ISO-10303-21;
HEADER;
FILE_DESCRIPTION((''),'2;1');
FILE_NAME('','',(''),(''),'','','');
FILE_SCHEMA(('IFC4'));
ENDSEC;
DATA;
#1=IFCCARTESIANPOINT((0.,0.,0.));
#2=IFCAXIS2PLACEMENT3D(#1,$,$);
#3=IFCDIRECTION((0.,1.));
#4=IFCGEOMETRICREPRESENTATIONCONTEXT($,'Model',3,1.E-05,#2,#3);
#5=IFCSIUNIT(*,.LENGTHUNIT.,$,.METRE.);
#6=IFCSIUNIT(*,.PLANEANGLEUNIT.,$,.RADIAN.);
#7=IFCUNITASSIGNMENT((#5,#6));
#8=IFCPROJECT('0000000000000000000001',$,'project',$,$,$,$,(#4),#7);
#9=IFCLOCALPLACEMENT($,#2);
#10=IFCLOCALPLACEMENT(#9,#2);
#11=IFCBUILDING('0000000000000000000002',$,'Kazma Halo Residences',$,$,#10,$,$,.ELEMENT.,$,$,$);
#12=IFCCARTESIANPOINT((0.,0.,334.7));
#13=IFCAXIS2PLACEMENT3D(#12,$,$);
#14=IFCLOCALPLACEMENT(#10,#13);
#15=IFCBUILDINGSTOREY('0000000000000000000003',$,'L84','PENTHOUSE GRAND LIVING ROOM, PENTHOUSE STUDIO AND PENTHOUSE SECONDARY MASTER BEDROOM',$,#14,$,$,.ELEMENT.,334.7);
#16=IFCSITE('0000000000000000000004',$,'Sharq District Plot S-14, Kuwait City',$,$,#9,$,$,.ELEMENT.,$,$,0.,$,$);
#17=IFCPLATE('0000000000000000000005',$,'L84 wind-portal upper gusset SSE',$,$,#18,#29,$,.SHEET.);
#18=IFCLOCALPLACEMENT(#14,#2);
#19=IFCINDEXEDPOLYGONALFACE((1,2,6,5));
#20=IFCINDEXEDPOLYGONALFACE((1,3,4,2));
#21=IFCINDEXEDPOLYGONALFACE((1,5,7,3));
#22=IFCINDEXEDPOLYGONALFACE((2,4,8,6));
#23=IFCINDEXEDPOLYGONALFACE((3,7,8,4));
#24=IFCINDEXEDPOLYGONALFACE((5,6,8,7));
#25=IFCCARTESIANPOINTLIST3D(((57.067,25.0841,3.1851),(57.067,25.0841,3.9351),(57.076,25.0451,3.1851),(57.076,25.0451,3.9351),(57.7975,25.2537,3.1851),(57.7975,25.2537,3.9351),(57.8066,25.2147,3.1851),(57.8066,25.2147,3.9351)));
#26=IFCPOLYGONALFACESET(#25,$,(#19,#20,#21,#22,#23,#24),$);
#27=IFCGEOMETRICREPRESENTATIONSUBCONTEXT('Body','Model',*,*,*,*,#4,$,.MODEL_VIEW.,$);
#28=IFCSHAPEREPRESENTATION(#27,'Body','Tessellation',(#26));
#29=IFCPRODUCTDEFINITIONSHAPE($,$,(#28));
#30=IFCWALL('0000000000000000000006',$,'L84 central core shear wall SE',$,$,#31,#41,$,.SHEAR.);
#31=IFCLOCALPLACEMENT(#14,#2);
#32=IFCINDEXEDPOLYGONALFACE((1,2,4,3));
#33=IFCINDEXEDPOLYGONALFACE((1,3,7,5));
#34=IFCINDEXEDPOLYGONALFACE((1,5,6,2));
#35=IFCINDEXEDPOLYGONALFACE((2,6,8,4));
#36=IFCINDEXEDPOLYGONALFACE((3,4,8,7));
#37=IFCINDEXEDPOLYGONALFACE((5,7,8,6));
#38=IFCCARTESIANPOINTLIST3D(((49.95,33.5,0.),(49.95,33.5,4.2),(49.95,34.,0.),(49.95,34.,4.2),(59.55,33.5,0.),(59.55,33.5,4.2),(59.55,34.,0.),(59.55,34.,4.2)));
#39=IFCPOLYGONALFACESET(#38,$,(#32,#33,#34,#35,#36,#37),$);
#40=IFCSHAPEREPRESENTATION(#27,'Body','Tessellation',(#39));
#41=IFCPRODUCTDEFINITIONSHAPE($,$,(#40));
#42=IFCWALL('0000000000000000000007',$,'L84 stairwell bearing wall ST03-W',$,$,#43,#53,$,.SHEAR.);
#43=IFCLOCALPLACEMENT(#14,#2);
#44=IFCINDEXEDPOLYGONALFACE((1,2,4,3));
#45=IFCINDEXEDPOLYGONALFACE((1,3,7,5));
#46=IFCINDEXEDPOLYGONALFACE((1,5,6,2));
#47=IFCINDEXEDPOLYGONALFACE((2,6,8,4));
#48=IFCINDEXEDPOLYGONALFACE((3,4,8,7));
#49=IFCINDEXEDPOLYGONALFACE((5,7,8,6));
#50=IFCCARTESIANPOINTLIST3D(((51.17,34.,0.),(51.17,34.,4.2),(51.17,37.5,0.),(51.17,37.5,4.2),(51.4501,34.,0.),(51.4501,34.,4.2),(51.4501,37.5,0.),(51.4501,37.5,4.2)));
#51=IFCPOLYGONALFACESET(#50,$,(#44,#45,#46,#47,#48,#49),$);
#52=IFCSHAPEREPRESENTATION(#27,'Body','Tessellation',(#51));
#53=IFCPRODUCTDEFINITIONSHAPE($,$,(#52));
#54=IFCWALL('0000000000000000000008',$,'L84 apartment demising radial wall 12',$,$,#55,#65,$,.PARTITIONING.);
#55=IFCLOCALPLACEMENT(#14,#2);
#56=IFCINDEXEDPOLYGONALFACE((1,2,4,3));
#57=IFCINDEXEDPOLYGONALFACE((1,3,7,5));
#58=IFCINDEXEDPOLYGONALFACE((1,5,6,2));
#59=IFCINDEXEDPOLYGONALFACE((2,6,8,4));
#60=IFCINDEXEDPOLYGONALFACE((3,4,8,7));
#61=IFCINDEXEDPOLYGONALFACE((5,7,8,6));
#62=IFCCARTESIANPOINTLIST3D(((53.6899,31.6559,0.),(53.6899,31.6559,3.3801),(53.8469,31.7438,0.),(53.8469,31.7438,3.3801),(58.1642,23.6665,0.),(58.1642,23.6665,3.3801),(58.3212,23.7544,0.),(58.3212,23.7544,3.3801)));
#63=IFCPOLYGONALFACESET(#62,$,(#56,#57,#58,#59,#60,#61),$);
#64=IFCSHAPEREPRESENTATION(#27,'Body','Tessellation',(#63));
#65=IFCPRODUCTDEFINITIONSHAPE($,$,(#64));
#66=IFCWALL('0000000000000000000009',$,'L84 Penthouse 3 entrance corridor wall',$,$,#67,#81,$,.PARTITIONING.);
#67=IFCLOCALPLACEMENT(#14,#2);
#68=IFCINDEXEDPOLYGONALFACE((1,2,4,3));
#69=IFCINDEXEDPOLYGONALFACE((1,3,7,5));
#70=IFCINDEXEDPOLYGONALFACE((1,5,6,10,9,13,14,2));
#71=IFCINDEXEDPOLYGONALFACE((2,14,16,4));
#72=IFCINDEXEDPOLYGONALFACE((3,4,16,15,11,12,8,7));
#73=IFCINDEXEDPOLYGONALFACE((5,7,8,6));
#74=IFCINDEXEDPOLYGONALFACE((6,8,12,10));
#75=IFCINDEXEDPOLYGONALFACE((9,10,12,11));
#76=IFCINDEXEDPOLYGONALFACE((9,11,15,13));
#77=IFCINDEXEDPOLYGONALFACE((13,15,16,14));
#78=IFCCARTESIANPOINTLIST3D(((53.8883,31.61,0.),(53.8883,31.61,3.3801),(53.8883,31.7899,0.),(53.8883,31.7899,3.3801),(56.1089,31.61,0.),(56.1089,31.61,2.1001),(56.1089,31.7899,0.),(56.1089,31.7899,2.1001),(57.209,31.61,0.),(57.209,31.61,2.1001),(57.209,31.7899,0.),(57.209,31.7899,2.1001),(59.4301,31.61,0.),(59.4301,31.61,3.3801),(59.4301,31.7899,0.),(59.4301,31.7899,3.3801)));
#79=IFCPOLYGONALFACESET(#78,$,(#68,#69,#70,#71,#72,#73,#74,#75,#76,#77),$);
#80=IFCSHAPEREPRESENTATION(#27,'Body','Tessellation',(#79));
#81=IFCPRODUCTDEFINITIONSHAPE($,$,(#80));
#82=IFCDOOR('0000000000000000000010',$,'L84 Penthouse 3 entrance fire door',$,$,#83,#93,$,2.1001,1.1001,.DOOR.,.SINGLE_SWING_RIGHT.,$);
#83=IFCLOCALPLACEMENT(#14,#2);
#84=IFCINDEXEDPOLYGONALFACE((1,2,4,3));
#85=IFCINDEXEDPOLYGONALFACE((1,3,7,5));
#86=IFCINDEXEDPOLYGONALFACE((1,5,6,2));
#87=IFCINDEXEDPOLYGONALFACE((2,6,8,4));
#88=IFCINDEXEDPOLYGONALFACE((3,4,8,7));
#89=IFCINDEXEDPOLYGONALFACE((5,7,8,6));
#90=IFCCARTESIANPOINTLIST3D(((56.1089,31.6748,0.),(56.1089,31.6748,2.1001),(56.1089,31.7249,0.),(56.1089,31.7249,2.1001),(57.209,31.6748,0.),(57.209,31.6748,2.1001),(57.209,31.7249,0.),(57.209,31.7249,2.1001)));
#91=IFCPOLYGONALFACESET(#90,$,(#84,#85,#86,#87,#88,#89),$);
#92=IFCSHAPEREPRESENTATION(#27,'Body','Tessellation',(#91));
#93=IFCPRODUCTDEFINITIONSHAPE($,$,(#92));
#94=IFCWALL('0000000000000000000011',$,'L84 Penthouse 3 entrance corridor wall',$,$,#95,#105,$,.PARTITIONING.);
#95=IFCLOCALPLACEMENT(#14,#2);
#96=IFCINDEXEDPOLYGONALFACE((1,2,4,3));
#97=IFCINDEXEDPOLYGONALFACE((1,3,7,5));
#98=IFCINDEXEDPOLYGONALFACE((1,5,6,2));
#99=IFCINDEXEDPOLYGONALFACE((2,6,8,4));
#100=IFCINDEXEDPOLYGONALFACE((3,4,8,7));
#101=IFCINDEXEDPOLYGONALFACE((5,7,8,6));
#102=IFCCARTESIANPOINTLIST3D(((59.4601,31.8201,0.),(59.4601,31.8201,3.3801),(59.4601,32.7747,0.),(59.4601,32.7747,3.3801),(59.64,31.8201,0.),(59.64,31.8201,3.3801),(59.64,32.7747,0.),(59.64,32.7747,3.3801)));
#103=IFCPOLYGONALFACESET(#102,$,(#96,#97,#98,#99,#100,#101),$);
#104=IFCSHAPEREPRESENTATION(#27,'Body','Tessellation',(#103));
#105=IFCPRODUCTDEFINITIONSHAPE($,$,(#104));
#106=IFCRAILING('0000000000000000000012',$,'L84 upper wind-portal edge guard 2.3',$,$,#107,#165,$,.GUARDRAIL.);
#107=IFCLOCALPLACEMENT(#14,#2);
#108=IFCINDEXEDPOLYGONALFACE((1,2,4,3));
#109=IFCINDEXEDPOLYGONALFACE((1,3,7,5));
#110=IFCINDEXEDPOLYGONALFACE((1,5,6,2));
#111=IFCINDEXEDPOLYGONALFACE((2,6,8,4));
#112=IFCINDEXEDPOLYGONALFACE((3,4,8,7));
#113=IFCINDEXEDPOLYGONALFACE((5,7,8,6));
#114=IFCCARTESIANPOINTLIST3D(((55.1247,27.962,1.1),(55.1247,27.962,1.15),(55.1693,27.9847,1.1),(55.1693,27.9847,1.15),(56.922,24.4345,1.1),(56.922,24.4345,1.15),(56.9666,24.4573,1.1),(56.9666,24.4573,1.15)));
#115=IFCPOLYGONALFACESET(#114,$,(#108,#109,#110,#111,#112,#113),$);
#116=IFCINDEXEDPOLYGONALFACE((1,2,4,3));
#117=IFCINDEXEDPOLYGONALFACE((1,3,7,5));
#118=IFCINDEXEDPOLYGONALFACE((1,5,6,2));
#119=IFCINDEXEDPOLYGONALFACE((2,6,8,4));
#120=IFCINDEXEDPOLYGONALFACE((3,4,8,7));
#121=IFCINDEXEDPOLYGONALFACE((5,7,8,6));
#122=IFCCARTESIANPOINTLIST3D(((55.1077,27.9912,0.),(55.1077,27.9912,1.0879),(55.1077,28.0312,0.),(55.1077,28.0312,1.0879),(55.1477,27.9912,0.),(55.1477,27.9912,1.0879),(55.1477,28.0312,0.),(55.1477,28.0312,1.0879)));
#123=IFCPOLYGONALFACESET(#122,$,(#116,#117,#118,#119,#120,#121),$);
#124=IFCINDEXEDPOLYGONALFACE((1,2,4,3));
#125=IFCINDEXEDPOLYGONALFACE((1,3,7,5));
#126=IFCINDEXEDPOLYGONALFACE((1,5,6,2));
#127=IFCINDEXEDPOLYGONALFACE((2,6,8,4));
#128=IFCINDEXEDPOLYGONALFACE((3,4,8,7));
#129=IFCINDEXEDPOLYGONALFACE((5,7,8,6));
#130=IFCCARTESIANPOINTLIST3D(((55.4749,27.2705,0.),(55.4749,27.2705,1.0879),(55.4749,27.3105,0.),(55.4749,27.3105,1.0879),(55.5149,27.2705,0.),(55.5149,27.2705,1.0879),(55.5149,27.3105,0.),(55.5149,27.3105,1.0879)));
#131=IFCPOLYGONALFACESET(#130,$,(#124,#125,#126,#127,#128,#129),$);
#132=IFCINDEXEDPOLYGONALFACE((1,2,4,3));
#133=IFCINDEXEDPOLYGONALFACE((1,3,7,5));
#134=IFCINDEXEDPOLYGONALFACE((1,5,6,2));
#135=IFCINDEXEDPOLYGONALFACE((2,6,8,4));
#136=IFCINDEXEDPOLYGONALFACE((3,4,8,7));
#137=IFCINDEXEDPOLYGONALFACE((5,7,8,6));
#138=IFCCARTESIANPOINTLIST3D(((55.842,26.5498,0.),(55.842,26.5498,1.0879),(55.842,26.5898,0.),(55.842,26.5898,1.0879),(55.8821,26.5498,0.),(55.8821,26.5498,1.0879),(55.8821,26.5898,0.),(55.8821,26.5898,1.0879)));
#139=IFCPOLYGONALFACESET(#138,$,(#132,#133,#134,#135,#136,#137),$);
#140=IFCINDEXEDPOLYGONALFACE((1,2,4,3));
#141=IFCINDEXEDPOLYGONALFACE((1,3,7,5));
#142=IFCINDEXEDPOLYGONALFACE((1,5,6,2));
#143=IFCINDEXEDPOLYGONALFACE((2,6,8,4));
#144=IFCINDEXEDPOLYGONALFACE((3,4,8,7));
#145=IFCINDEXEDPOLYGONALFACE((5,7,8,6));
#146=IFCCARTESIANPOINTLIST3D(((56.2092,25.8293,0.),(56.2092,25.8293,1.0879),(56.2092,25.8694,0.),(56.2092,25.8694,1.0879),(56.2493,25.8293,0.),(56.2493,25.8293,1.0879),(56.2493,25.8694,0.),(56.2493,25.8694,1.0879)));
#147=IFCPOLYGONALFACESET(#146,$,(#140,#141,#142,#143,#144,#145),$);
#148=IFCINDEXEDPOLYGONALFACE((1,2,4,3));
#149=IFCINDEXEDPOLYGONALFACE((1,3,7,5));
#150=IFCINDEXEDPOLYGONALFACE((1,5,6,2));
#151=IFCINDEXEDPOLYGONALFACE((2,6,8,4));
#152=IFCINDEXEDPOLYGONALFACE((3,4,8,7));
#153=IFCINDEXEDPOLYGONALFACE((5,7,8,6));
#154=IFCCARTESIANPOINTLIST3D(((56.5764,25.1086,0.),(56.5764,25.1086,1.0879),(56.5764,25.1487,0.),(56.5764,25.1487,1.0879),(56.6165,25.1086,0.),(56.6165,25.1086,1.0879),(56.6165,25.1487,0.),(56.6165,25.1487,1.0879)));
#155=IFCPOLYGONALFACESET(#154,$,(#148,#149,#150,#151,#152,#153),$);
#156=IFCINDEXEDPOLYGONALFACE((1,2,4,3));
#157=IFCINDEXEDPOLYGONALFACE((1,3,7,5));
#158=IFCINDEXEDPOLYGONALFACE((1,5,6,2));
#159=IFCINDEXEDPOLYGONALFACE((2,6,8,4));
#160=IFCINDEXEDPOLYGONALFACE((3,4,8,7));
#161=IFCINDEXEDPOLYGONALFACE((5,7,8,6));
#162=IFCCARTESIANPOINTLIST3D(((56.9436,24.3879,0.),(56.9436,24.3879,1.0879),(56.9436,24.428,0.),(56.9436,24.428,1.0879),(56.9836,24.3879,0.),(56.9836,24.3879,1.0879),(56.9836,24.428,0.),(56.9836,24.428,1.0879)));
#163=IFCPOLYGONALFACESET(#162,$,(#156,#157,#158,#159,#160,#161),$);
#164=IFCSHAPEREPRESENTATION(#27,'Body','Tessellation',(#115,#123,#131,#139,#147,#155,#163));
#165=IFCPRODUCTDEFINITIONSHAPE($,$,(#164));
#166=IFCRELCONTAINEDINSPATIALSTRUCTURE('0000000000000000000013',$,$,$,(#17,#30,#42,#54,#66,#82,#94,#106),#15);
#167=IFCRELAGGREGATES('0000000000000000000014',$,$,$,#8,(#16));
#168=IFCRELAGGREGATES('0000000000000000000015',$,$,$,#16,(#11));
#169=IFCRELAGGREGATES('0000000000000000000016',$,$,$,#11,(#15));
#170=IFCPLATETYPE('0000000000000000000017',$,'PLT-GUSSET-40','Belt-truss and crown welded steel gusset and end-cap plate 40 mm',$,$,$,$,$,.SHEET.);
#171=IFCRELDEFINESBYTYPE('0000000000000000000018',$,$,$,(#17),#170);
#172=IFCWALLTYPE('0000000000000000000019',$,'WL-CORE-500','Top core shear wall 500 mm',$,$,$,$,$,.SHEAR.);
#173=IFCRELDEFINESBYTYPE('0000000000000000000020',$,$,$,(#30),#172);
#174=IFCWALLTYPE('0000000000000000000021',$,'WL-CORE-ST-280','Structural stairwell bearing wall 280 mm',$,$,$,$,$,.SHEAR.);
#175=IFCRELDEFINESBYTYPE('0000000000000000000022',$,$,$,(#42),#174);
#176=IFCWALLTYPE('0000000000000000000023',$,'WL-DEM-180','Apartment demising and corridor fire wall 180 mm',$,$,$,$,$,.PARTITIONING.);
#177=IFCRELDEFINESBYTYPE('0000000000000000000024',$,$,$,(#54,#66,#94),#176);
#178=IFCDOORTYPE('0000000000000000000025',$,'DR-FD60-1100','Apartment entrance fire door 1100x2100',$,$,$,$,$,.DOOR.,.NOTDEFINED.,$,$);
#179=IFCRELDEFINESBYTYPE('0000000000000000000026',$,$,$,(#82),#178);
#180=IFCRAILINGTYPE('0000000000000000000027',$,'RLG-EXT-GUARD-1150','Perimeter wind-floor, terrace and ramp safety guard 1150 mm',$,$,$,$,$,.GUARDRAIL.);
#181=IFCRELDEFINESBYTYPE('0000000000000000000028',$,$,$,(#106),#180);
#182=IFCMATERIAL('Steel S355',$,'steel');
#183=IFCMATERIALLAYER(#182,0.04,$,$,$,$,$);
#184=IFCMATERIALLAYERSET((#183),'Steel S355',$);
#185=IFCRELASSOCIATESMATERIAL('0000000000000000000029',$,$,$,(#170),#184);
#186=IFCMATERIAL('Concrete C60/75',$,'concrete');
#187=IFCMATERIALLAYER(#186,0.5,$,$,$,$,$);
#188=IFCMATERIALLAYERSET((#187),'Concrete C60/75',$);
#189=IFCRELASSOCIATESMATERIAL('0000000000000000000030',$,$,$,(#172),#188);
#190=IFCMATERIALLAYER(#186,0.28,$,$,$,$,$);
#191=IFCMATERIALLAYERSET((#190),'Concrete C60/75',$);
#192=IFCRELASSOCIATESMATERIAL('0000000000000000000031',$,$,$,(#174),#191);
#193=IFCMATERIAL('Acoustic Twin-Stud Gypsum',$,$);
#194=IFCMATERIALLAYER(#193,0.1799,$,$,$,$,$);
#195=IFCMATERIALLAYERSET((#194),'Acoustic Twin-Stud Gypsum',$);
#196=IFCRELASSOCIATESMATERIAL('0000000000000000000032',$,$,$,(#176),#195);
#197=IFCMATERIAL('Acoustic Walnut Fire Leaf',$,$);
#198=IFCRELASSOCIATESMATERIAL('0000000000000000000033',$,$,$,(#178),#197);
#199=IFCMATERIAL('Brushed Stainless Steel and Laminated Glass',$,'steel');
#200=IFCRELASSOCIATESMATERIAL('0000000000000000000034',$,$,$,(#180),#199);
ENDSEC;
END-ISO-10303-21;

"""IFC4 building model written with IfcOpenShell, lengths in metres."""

from ifc_helpers import new_model, si_unit, direction, frame, frame_2d, origin, origin_2d, place, context, subcontext, project, spatial, rectangle, extrude, material, layer, layer_set, type_object, element, fill, save


model = new_model("IFC4")

# Units and contexts
model_context = context("Model", 3, precision=1e-05, world=origin(), true_north=direction((0.0, 1.0)))
body_context = subcontext(model_context, "Body", "Model", "MODEL_VIEW")
ifc_project = project(units=[si_unit("LENGTHUNIT", "METRE"), si_unit("PLANEANGLEUNIT", "RADIAN")], contexts=[model_context])

# Site, building, storey
site_placement = place(None, origin())
site = spatial("IfcSite", under=ifc_project, at=site_placement, Name="Sharq District Plot S-14, Kuwait City", CompositionType="ELEMENT", RefElevation=0.0)
building_placement = place(site_placement, origin())
building = spatial("IfcBuilding", under=site, at=building_placement, Name="Kazma Halo Residences", CompositionType="ELEMENT")
storey_placement = place(building_placement, frame((0.0, 0.0, 334.7)))
storey = spatial("IfcBuildingStorey", under=building, at=storey_placement, Name="L84", Description="PENTHOUSE GRAND LIVING ROOM, PENTHOUSE STUDIO AND PENTHOUSE SECONDARY MASTER BEDROOM", CompositionType="ELEMENT", Elevation=334.7)

# Shared definitions
ifc_material_1 = material(Name="Concrete C60/75", Category="concrete")

# Shared definitions
ifc_material_2 = material(Name="Steel S355", Category="steel")

# Plate
ifc_layer_1 = layer(ifc_material_2, 0.04)
ifc_layer_set_1 = layer_set([ifc_layer_1], Name="Steel S355")
plate_type = type_object("IfcPlateType", Name="PLT-GUSSET-40", Description="Belt-truss and crown welded steel gusset and end-cap plate 40 mm", PredefinedType="SHEET", material=ifc_layer_set_1)
plate_placement = place(storey_placement, frame((57.4368, 25.1494, 3.1851), z_axis=(0.0, 0.0, 1.0), x_axis=(0.974084, 0.226188, 0.0)))
element("IfcPlate", 1, at=plate_placement, inside=storey, type_object=plate_type, Name="L84 wind-portal upper gusset SSE", PredefinedType="SHEET", context=body_context, shape_type="SweptSolid", body=[
    extrude(rectangle(XDim=0.75, YDim=0.04, at=origin_2d()), origin(), (0.0, 0.0, 1.0), 0.75),
])

# Walls
ifc_layer_2 = layer(ifc_material_1, 0.5)
ifc_layer_set_2 = layer_set([ifc_layer_2], Name="Concrete C60/75")
wall_type_1 = type_object("IfcWallType", Name="WL-CORE-500", Description="Top core shear wall 500 mm", PredefinedType="SHEAR", material=ifc_layer_set_2)
wall_1_placement = place(storey_placement, frame((49.95, 33.75, 0.0), z_axis=(0.0, 0.0, 1.0), x_axis=(1.0, 0.0, 0.0)))
element("IfcWall", 2, at=wall_1_placement, inside=storey, type_object=wall_type_1, Name="L84 central core shear wall SE", PredefinedType="SHEAR", context=body_context, shape_type="SweptSolid", body=[
    extrude(rectangle(XDim=9.6001, YDim=0.5, at=frame_2d((4.8, 0.0))), origin(), (0.0, 0.0, 1.0), 4.2),
])
ifc_layer_3 = layer(ifc_material_1, 0.28)
ifc_layer_set_3 = layer_set([ifc_layer_3], Name="Concrete C60/75")
wall_type_2 = type_object("IfcWallType", Name="WL-CORE-ST-280", Description="Structural stairwell bearing wall 280 mm", PredefinedType="SHEAR", material=ifc_layer_set_3)
wall_2_placement = place(storey_placement, frame((51.3101, 34.0, 0.0), z_axis=(0.0, 0.0, 1.0), x_axis=(0.0, 1.0, 0.0)))
element("IfcWall", 3, at=wall_2_placement, inside=storey, type_object=wall_type_2, Name="L84 stairwell bearing wall ST03-W", PredefinedType="SHEAR", context=body_context, shape_type="SweptSolid", body=[
    extrude(rectangle(XDim=3.5, YDim=0.28, at=frame_2d((1.75, 0.0))), origin(), (0.0, 0.0, 1.0), 4.2),
])
ifc_material_3 = material(Name="Acoustic Twin-Stud Gypsum")
ifc_layer_4 = layer(ifc_material_3, 0.1799)
ifc_layer_set_4 = layer_set([ifc_layer_4], Name="Acoustic Twin-Stud Gypsum")
wall_type_3 = type_object("IfcWallType", Name="WL-DEM-180", Description="Apartment demising and corridor fire wall 180 mm", PredefinedType="PARTITIONING", material=ifc_layer_set_4)
wall_3_placement = place(storey_placement, frame((53.7683, 31.7, 0.0), z_axis=(0.0, 0.0, 1.0), x_axis=(0.488624, -0.872495, 0.0)))
element("IfcWall", 4, at=wall_3_placement, inside=storey, type_object=wall_type_3, Name="L84 apartment demising radial wall 12", PredefinedType="PARTITIONING", context=body_context, shape_type="SweptSolid", body=[
    extrude(rectangle(XDim=9.157, YDim=0.1799, at=frame_2d((4.5786, 0.0))), origin(), (0.0, 0.0, 1.0), 3.3801),
])

# Wall, opening, door
wall_4_placement = place(storey_placement, frame((53.8882, 31.7, 0.0), z_axis=(0.0, 0.0, 1.0), x_axis=(1.0, 0.0, 0.0)))
wall_4 = element("IfcWall", 5, at=wall_4_placement, inside=storey, type_object=wall_type_3, Name="L84 Penthouse 3 entrance corridor wall", PredefinedType="PARTITIONING", context=body_context, shape_type="SweptSolid", body=[
    extrude(rectangle(XDim=5.5417, YDim=0.1799, at=frame_2d((2.771, 0.0))), origin(), (0.0, 0.0, 1.0), 3.3801),
])
opening_placement = place(wall_4_placement, frame((2.2207, 0.0, 0.0)))
opening = element("IfcOpeningElement", 6, at=opening_placement, cuts=wall_4, PredefinedType="OPENING", context=body_context, shape_type="SweptSolid", body=[
    extrude(rectangle(XDim=1.1001, YDim=2.1001, at=frame_2d((0.55, 1.05))), frame((0.0, 0.0999, 0.0), z_axis=(0.0, -1.0, 0.0), x_axis=(1.0, 0.0, 0.0)), (0.0, 0.0, 1.0), 0.2),
])
ifc_material_4 = material(Name="Acoustic Walnut Fire Leaf")
door_type = type_object("IfcDoorType", Name="DR-FD60-1100", Description="Apartment entrance fire door 1100x2100", OperationType="NOTDEFINED", PredefinedType="DOOR", material=ifc_material_4)
door_placement = place(opening_placement, origin())
door = element("IfcDoor", 7, at=door_placement, inside=storey, type_object=door_type, Name="L84 Penthouse 3 entrance fire door", OperationType="SINGLE_SWING_RIGHT", OverallHeight=2.1001, OverallWidth=1.1001, PredefinedType="DOOR", context=body_context, shape_type="SweptSolid", body=[
    extrude(rectangle(XDim=1.1001, YDim=2.1001, at=frame_2d((0.55, 1.05))), frame((0.0, 0.0249, 0.0), z_axis=(0.0, -1.0, 0.0), x_axis=(1.0, 0.0, 0.0)), (0.0, 0.0, 1.0), 0.05),
])
fill(opening, door)

# Wall
wall_5_placement = place(storey_placement, frame((59.55, 31.8201, 0.0), z_axis=(0.0, 0.0, 1.0), x_axis=(0.0, 1.0, 0.0)))
element("IfcWall", 8, at=wall_5_placement, inside=storey, type_object=wall_type_3, Name="L84 Penthouse 3 entrance corridor wall", PredefinedType="PARTITIONING", context=body_context, shape_type="SweptSolid", body=[
    extrude(rectangle(XDim=0.9546, YDim=0.1799, at=frame_2d((0.4773, 0.0))), origin(), (0.0, 0.0, 1.0), 3.3801),
])

# Railing
ifc_material_5 = material(Name="Brushed Stainless Steel and Laminated Glass", Category="steel")
railing_type = type_object("IfcRailingType", Name="RLG-EXT-GUARD-1150", Description="Perimeter wind-floor, terrace and ramp safety guard 1150 mm", PredefinedType="GUARDRAIL", material=ifc_material_5)
railing_1_placement = place(storey_placement, frame((55.1277, 28.0112, 0.0)))
element("IfcRailing", 9, at=railing_1_placement, inside=storey, type_object=railing_type, Name="L84 upper wind-portal edge guard 2.3", PredefinedType="GUARDRAIL", context=body_context, shape_type="SweptSolid", body=[
    extrude(rectangle(XDim=0.05, YDim=0.05, at=origin_2d()), frame((0.0193, -0.0378, 1.125), z_axis=(0.453986, -0.891009, 0.0), x_axis=(0.891009, 0.453986, 0.0)), (0.0, 0.0, 1.0), 3.959),
    extrude(rectangle(XDim=0.04, YDim=0.04, at=origin_2d()), origin(), (0.0, 0.0, 1.0), 1.0879),
    extrude(rectangle(XDim=0.04, YDim=0.04, at=origin_2d()), frame((0.3672, -0.7207, 0.0)), (0.0, 0.0, 1.0), 1.0879),
    extrude(rectangle(XDim=0.04, YDim=0.04, at=origin_2d()), frame((0.7344, -1.4414, 0.0)), (0.0, 0.0, 1.0), 1.0879),
    extrude(rectangle(XDim=0.04, YDim=0.04, at=origin_2d()), frame((1.1016, -2.1619, 0.0)), (0.0, 0.0, 1.0), 1.0879),
    extrude(rectangle(XDim=0.04, YDim=0.04, at=origin_2d()), frame((1.4688, -2.8826, 0.0)), (0.0, 0.0, 1.0), 1.0879),
    extrude(rectangle(XDim=0.04, YDim=0.04, at=origin_2d()), frame((1.8359, -3.6033, 0.0)), (0.0, 0.0, 1.0), 1.0879),
])

save(model, "model.ifc")
